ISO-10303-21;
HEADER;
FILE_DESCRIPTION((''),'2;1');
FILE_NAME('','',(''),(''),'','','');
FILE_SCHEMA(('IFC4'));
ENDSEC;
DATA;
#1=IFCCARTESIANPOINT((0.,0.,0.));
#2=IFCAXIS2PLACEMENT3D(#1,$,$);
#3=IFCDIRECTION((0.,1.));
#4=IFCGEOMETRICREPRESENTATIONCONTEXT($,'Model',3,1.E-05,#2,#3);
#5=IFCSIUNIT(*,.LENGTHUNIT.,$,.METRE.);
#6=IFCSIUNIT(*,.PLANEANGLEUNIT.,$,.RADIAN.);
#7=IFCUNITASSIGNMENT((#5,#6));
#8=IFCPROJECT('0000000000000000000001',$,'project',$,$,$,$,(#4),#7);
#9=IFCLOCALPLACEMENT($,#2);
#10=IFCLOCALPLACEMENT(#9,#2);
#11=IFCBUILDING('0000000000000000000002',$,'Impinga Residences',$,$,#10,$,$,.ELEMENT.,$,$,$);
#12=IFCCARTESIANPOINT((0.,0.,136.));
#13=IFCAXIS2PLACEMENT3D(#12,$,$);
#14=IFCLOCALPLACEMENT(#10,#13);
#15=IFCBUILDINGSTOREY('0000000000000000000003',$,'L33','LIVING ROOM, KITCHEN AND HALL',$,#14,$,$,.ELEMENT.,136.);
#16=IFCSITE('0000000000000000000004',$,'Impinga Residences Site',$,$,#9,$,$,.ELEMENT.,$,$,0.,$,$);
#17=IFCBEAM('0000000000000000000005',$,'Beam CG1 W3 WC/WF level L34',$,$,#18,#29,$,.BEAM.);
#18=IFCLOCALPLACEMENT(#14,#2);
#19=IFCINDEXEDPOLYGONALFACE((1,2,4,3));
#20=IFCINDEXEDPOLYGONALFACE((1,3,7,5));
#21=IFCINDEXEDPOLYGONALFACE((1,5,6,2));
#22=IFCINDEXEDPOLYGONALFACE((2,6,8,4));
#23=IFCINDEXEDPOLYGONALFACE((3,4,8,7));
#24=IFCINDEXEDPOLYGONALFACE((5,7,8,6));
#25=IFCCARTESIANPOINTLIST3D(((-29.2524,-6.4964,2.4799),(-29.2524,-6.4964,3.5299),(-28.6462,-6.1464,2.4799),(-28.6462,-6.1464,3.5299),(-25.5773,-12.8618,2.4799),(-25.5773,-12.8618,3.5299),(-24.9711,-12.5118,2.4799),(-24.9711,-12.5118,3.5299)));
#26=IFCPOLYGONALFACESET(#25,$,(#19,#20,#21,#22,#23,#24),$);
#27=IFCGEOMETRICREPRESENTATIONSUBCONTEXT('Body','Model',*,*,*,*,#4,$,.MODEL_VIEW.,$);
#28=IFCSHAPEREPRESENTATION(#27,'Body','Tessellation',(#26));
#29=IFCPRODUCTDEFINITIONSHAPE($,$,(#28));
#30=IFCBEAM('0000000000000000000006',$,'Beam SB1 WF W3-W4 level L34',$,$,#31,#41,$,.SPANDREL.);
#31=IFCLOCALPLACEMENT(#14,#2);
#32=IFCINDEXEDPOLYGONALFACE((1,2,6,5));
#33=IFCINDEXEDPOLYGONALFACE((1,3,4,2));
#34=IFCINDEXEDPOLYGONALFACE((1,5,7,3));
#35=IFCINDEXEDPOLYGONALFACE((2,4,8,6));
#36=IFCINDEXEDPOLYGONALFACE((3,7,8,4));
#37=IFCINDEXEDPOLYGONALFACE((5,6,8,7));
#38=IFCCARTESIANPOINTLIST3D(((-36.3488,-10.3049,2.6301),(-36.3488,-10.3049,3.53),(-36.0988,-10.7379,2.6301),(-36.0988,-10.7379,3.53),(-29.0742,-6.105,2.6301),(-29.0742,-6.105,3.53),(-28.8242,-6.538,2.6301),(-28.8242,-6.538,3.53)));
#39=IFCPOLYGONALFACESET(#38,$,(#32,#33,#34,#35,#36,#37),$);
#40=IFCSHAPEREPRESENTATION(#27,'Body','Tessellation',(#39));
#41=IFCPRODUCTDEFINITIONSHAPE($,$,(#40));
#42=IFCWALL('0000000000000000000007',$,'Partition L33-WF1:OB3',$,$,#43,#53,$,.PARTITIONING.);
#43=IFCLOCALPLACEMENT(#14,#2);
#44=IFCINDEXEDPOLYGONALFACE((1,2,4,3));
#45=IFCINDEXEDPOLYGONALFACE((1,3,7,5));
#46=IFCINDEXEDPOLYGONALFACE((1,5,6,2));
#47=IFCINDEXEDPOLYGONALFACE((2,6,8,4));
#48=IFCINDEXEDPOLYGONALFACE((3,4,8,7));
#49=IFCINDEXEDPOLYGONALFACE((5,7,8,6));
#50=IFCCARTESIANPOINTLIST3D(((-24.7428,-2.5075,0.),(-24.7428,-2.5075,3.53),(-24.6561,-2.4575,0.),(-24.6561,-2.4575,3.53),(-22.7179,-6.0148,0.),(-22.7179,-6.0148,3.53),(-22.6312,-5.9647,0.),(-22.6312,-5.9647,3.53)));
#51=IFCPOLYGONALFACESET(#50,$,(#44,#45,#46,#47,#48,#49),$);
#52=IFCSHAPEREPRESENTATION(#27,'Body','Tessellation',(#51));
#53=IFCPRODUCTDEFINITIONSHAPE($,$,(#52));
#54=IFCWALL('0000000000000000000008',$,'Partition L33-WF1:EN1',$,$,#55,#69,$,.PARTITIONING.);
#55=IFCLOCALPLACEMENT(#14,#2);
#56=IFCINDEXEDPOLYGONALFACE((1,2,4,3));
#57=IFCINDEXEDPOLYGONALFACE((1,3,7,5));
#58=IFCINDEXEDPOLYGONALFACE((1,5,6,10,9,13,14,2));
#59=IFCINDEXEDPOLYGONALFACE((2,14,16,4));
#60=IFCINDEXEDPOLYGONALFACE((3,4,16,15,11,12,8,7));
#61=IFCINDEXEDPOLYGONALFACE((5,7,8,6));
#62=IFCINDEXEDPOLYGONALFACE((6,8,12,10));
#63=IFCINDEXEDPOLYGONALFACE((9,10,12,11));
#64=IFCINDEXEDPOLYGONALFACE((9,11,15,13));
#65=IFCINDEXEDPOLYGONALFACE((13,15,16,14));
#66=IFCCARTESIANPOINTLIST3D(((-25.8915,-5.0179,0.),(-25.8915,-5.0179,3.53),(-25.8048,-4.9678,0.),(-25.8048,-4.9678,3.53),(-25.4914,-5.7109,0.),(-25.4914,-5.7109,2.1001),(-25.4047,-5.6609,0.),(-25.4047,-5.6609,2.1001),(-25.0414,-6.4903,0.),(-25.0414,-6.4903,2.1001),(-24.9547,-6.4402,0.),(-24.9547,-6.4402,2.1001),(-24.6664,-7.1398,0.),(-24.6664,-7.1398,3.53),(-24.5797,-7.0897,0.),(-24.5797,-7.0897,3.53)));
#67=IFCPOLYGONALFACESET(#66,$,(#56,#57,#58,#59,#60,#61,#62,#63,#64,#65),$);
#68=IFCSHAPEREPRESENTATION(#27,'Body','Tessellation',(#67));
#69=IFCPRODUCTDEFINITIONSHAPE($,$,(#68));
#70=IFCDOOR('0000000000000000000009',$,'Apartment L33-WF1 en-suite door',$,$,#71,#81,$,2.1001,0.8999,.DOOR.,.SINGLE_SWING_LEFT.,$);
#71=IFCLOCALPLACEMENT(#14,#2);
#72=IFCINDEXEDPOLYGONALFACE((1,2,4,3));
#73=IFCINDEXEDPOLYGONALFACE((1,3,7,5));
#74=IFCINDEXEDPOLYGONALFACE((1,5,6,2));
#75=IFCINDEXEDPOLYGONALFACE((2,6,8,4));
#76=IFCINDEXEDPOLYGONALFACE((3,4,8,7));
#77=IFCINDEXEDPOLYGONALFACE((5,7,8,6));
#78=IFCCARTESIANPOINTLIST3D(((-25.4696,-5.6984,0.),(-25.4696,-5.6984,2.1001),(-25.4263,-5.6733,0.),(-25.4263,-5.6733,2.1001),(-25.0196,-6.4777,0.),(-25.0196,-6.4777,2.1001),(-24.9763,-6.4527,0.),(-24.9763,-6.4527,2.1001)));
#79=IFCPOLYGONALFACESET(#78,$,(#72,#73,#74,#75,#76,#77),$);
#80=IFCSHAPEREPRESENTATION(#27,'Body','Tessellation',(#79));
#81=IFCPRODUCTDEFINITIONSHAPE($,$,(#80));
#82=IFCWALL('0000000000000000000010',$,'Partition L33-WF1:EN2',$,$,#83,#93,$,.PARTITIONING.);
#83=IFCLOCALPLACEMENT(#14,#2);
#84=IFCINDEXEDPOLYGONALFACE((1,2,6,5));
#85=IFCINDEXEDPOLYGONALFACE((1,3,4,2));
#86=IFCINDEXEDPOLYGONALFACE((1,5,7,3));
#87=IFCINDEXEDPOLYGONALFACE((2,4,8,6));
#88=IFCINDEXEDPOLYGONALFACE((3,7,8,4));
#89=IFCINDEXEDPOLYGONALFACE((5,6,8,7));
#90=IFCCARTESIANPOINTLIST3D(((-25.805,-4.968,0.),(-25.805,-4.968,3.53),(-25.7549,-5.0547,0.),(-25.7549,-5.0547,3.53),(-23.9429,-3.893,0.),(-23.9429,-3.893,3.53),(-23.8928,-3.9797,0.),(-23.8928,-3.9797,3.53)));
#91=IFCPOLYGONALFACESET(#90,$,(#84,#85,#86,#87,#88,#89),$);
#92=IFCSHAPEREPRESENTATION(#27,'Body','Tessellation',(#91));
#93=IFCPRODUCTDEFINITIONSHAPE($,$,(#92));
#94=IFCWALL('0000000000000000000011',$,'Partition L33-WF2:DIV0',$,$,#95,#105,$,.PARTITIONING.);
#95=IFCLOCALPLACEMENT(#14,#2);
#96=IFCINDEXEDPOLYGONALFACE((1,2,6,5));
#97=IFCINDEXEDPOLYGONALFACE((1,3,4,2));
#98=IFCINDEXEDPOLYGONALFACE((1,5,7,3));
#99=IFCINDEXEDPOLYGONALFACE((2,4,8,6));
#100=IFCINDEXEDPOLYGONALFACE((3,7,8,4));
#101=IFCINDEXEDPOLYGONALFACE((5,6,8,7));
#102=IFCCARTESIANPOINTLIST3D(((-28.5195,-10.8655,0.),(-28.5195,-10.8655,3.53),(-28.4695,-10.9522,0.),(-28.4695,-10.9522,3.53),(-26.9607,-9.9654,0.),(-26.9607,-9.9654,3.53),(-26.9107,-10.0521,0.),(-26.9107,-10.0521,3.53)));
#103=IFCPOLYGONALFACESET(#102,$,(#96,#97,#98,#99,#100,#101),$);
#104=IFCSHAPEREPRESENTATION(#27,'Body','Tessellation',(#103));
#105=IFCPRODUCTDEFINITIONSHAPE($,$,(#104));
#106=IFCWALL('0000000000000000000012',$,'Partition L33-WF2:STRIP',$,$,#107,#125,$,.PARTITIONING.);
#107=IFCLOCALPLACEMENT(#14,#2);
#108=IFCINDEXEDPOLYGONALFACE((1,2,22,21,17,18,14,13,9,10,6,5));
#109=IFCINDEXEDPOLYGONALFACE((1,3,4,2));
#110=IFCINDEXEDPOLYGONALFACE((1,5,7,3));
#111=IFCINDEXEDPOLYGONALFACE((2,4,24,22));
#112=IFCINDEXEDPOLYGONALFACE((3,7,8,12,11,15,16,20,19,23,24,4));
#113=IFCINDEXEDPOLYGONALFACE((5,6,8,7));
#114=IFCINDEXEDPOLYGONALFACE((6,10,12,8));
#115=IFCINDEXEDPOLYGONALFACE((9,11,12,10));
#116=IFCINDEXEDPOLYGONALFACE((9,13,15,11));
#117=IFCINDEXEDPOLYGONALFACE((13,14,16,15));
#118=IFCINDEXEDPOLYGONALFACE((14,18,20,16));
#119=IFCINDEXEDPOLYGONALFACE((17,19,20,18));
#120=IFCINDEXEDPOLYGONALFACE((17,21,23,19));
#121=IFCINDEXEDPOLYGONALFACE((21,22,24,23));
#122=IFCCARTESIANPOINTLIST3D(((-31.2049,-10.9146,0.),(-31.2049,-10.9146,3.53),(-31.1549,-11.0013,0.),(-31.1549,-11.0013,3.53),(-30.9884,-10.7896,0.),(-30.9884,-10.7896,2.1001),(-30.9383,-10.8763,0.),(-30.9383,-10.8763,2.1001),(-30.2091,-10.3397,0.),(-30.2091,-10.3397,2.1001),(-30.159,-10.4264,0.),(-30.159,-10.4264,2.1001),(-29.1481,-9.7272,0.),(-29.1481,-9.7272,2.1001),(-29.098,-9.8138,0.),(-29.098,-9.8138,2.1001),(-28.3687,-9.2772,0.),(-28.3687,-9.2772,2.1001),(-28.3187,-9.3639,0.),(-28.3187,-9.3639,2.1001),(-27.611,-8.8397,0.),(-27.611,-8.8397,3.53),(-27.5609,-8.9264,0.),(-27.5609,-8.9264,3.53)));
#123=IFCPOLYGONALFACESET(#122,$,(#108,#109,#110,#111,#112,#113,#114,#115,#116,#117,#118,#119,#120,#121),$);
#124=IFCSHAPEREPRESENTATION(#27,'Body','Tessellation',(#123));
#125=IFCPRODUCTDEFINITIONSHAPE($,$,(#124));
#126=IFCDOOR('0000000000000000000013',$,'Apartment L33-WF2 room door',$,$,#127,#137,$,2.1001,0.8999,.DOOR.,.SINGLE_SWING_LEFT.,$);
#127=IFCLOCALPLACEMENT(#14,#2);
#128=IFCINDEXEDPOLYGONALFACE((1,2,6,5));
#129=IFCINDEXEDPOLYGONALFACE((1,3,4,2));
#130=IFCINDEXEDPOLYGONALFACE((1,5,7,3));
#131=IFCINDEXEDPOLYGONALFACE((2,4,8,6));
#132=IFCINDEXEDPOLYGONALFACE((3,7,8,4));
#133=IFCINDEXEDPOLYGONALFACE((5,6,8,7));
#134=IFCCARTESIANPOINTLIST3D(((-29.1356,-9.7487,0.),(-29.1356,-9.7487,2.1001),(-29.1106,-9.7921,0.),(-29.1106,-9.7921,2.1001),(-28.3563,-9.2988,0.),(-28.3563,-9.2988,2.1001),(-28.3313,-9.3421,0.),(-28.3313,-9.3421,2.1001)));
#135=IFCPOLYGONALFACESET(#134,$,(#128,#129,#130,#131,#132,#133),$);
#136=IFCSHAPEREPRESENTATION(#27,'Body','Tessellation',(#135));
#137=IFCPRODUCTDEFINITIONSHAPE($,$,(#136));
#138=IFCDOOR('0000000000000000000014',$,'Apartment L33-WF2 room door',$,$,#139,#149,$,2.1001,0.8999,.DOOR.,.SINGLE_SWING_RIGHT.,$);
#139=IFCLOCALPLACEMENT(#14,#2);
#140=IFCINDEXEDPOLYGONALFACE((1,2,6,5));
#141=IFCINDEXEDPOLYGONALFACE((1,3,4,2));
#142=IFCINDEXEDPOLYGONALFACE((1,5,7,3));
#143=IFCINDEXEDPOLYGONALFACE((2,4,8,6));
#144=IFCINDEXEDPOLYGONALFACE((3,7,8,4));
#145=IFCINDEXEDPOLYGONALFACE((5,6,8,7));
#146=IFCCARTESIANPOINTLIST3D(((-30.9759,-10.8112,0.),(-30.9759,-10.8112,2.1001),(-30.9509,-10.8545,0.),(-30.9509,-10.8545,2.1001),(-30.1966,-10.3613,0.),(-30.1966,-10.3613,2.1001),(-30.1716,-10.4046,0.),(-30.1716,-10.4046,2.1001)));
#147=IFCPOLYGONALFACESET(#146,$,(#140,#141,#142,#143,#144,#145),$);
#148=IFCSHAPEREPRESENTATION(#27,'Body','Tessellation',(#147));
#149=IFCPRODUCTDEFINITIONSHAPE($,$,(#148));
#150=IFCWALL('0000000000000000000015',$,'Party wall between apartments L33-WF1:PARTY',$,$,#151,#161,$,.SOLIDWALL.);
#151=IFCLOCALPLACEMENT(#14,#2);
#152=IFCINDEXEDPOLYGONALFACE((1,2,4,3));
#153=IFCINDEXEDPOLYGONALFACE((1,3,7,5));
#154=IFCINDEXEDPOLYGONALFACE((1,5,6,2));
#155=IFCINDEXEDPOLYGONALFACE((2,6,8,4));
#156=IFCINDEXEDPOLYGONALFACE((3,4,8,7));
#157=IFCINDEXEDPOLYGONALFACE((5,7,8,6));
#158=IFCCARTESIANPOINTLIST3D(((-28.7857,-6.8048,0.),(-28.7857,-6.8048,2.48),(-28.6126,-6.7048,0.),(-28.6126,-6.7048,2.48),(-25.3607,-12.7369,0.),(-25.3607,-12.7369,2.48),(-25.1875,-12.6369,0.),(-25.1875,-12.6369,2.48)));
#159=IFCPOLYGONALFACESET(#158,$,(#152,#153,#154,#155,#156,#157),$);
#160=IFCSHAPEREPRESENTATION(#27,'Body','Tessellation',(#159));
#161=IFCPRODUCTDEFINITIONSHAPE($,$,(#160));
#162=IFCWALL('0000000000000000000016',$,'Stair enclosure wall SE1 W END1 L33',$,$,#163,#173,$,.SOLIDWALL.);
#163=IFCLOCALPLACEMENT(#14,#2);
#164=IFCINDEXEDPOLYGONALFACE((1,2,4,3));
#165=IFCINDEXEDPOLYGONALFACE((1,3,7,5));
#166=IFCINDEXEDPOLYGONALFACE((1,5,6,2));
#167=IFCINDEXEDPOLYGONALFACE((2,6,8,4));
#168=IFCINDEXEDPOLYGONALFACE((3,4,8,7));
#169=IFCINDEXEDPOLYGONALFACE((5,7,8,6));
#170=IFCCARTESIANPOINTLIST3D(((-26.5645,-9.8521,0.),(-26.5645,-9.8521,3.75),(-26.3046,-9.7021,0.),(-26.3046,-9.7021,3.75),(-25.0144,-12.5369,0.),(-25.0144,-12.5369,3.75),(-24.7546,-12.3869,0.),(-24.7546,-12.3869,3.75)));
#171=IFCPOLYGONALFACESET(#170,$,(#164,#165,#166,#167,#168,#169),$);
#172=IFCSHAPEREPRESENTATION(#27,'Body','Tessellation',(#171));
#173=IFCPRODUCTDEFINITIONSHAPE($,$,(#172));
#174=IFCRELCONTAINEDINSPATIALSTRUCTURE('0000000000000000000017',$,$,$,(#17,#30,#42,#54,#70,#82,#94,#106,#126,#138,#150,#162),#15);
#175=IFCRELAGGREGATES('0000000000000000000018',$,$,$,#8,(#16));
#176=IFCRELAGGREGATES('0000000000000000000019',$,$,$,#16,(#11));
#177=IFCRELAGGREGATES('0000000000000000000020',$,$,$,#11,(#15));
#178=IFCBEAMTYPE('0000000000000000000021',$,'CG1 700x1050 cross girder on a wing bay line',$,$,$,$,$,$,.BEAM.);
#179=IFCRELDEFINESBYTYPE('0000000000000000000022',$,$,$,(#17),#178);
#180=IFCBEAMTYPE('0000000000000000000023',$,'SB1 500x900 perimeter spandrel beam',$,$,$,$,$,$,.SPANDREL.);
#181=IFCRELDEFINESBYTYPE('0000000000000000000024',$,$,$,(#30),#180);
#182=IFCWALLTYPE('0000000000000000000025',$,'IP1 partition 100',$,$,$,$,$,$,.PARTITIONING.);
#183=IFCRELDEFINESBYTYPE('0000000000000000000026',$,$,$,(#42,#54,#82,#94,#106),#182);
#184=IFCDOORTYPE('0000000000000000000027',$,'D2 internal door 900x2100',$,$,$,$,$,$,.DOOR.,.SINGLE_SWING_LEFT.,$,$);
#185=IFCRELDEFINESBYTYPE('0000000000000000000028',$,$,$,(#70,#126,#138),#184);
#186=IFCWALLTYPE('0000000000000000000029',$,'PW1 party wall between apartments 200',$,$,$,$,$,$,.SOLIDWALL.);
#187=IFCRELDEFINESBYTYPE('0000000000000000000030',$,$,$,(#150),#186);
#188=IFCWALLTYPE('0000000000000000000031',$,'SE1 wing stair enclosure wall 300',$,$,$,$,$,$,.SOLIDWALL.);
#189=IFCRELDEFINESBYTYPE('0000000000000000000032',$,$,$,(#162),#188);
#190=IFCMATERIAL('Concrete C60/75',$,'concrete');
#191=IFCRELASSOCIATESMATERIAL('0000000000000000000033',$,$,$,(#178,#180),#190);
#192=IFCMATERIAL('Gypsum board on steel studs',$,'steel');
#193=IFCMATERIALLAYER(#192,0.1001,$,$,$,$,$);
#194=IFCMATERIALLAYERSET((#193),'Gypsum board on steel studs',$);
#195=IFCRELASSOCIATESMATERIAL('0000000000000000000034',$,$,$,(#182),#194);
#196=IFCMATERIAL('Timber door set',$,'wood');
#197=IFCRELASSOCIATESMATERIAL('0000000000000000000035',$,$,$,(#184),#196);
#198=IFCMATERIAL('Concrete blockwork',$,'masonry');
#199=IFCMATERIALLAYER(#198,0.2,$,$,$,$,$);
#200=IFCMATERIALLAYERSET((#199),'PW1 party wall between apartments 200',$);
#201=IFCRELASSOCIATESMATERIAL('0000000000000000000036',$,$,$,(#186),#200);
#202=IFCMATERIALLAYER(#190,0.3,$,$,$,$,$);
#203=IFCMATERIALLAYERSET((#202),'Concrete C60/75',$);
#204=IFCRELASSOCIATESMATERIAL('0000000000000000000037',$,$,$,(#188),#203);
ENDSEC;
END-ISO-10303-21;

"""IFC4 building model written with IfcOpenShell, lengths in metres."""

from ifc_helpers import new_model, si_unit, direction, frame, frame_2d, origin, origin_2d, place, context, subcontext, project, spatial, rectangle, extrude, material, layer, layer_set, material_profile, profile_set, type_object, element, fill, save


model = new_model("IFC4")

# Units and contexts
model_context = context("Model", 3, precision=1e-05, world=origin(), true_north=direction((0.0, 1.0)))
body_context = subcontext(model_context, "Body", "Model", "MODEL_VIEW")
ifc_project = project(units=[si_unit("LENGTHUNIT", "METRE"), si_unit("PLANEANGLEUNIT", "RADIAN")], contexts=[model_context])

# Site, building, storey
site_placement = place(None, origin())
site = spatial("IfcSite", under=ifc_project, at=site_placement, Name="Impinga Residences Site", CompositionType="ELEMENT", RefElevation=0.0)
building_placement = place(site_placement, origin())
building = spatial("IfcBuilding", under=site, at=building_placement, Name="Impinga Residences", CompositionType="ELEMENT")
storey_placement = place(building_placement, frame((0.0, 0.0, 136.0)))
storey = spatial("IfcBuildingStorey", under=building, at=storey_placement, Name="L33", Description="LIVING ROOM, KITCHEN AND HALL", CompositionType="ELEMENT", Elevation=136.0)

# Beams
ifc_material_1 = material(Name="Concrete C60/75", Category="concrete")
ifc_material_profile_1 = material_profile(ifc_material_1, rectangle(XDim=0.7, YDim=1.05, at=origin_2d()), Name="RC 700x1050")
ifc_profile_set_1 = profile_set([ifc_material_profile_1], Name="Concrete C60/75")
beam_type_1 = type_object("IfcBeamType", Name="CG1 700x1050 cross girder on a wing bay line", PredefinedType="BEAM", material=ifc_profile_set_1)
beam_1_placement = place(storey_placement, frame((-25.2742, -12.6868, 3.0049), z_axis=(-0.500008, 0.866021, 0.0), x_axis=(-0.866021, -0.500008, 0.0)))
element("IfcBeam", 1, at=beam_1_placement, inside=storey, type_object=beam_type_1, Name="Beam CG1 W3 WC/WF level L34", PredefinedType="BEAM", context=body_context, shape_type="SweptSolid", body=[
    extrude(rectangle(XDim=0.7, YDim=1.05, at=origin_2d()), origin(), (0.0, 0.0, 1.0), 7.3501),
])
ifc_material_profile_2 = material_profile(ifc_material_1, rectangle(XDim=0.5, YDim=0.8999, at=origin_2d()), Name="RC 500x900")
ifc_profile_set_2 = profile_set([ifc_material_profile_2], Name="Concrete C60/75")
beam_type_2 = type_object("IfcBeamType", Name="SB1 500x900 perimeter spandrel beam", PredefinedType="SPANDREL", material=ifc_profile_set_2)
beam_2_placement = place(storey_placement, frame((-28.9492, -6.3215, 3.0801), z_axis=(-0.866029, -0.499993, 0.0), x_axis=(0.499993, -0.866029, 0.0)))
element("IfcBeam", 2, at=beam_2_placement, inside=storey, type_object=beam_type_2, Name="Beam SB1 WF W3-W4 level L34", PredefinedType="SPANDREL", context=body_context, shape_type="SweptSolid", body=[
    extrude(rectangle(XDim=0.5, YDim=0.8999, at=origin_2d()), origin(), (0.0, 0.0, 1.0), 8.3999),
])

# Wall
ifc_material_2 = material(Name="Gypsum board on steel studs", Category="steel")
ifc_layer_1 = layer(ifc_material_2, 0.1001)
ifc_layer_set_1 = layer_set([ifc_layer_1], Name="Gypsum board on steel studs")
wall_type_1 = type_object("IfcWallType", Name="IP1 partition 100", PredefinedType="PARTITIONING", material=ifc_layer_set_1)
wall_1_placement = place(storey_placement, frame((-22.6746, -5.9897, 0.0), z_axis=(0.0, 0.0, 1.0), x_axis=(-0.49999, 0.866031, 0.0)))
element("IfcWall", 3, at=wall_1_placement, inside=storey, type_object=wall_type_1, Name="Partition L33-WF1:OB3", PredefinedType="PARTITIONING", context=body_context, shape_type="SweptSolid", body=[
    extrude(rectangle(XDim=4.0498, YDim=0.1001, at=frame_2d((2.0249, 0.0))), origin(), (0.0, 0.0, 1.0), 3.53),
])

# Wall, opening, door
wall_2_placement = place(storey_placement, frame((-24.623, -7.1147, 0.0), z_axis=(0.0, 0.0, 1.0), x_axis=(-0.500019, 0.866015, 0.0)))
wall_2 = element("IfcWall", 4, at=wall_2_placement, inside=storey, type_object=wall_type_1, Name="Partition L33-WF1:EN1", PredefinedType="PARTITIONING", context=body_context, shape_type="SweptSolid", body=[
    extrude(rectangle(XDim=2.4502, YDim=0.1001, at=frame_2d((1.2251, 0.0))), origin(), (0.0, 0.0, 1.0), 3.53),
])
opening_1_placement = place(wall_2_placement, frame((0.75, 0.0, 0.0)))
opening_1 = element("IfcOpeningElement", 5, at=opening_1_placement, cuts=wall_2, PredefinedType="OPENING", context=body_context, shape_type="SweptSolid", body=[
    extrude(rectangle(XDim=0.8999, YDim=2.1001, at=frame_2d((0.45, 1.05))), frame((0.0, 0.0601, 0.0), z_axis=(0.0, -1.0, 0.0), x_axis=(1.0, 0.0, 0.0)), (0.0, 0.0, 1.0), 0.1201),
])
ifc_material_3 = material(Name="Timber door set", Category="wood")
door_type = type_object("IfcDoorType", Name="D2 internal door 900x2100", OperationType="SINGLE_SWING_LEFT", PredefinedType="DOOR", material=ifc_material_3)
door_1_placement = place(opening_1_placement, origin())
door_1 = element("IfcDoor", 6, at=door_1_placement, inside=storey, type_object=door_type, Name="Apartment L33-WF1 en-suite door", OperationType="SINGLE_SWING_LEFT", OverallHeight=2.1001, OverallWidth=0.8999, PredefinedType="DOOR", context=body_context, shape_type="SweptSolid", body=[
    extrude(rectangle(XDim=0.8999, YDim=2.1001, at=frame_2d((0.45, 1.05))), frame((0.0, 0.0249, 0.0), z_axis=(0.0, -1.0, 0.0), x_axis=(1.0, 0.0, 0.0)), (0.0, 0.0, 1.0), 0.05),
])
fill(opening_1, door_1)

# Walls
wall_3_placement = place(storey_placement, frame((-23.9177, -3.9363, 0.0), z_axis=(0.0, 0.0, 1.0), x_axis=(-0.866048, -0.499962, 0.0)))
element("IfcWall", 7, at=wall_3_placement, inside=storey, type_object=wall_type_1, Name="Partition L33-WF1:EN2", PredefinedType="PARTITIONING", context=body_context, shape_type="SweptSolid", body=[
    extrude(rectangle(XDim=2.1501, YDim=0.1001, at=frame_2d((1.0752, 0.0))), origin(), (0.0, 0.0, 1.0), 3.53),
])
wall_4_placement = place(storey_placement, frame((-26.9358, -10.0088, 0.0), z_axis=(0.0, 0.0, 1.0), x_axis=(-0.865989, -0.500063, 0.0)))
element("IfcWall", 8, at=wall_4_placement, inside=storey, type_object=wall_type_1, Name="Partition L33-WF2:DIV0", PredefinedType="PARTITIONING", context=body_context, shape_type="SweptSolid", body=[
    extrude(rectangle(XDim=1.8, YDim=0.1001, at=frame_2d((0.8999, 0.0))), origin(), (0.0, 0.0, 1.0), 3.53),
])

# Wall, openings, doors
wall_5_placement = place(storey_placement, frame((-27.5859, -8.8831, 0.0), z_axis=(0.0, 0.0, 1.0), x_axis=(-0.86603, -0.499992, 0.0)))
wall_5 = element("IfcWall", 9, at=wall_5_placement, inside=storey, type_object=wall_type_1, Name="Partition L33-WF2:STRIP", PredefinedType="PARTITIONING", context=body_context, shape_type="SweptSolid", body=[
    extrude(rectangle(XDim=4.1499, YDim=0.1001, at=frame_2d((2.075, 0.0))), origin(), (0.0, 0.0, 1.0), 3.53),
])
opening_2_placement = place(wall_5_placement, frame((0.875, 0.0, 0.0)))
opening_2 = element("IfcOpeningElement", 10, at=opening_2_placement, cuts=wall_5, PredefinedType="OPENING", context=body_context, shape_type="SweptSolid", body=[
    extrude(rectangle(XDim=0.8999, YDim=2.1001, at=frame_2d((0.45, 1.05))), frame((0.0, 0.0601, 0.0), z_axis=(0.0, -1.0, 0.0), x_axis=(1.0, 0.0, 0.0)), (0.0, 0.0, 1.0), 0.1201),
])
opening_3_placement = place(wall_5_placement, frame((3.0, 0.0, 0.0)))
opening_3 = element("IfcOpeningElement", 11, at=opening_3_placement, cuts=wall_5, PredefinedType="OPENING", context=body_context, shape_type="SweptSolid", body=[
    extrude(rectangle(XDim=0.8999, YDim=2.1001, at=frame_2d((0.45, 1.05))), frame((0.0, 0.0601, 0.0), z_axis=(0.0, -1.0, 0.0), x_axis=(1.0, 0.0, 0.0)), (0.0, 0.0, 1.0), 0.1201),
])
door_2_placement = place(opening_2_placement, origin())
door_2 = element("IfcDoor", 12, at=door_2_placement, inside=storey, type_object=door_type, Name="Apartment L33-WF2 room door", OperationType="SINGLE_SWING_LEFT", OverallHeight=2.1001, OverallWidth=0.8999, PredefinedType="DOOR", context=body_context, shape_type="SweptSolid", body=[
    extrude(rectangle(XDim=0.8999, YDim=2.1001, at=frame_2d((0.45, 1.05))), frame((0.0, 0.0249, 0.0), z_axis=(0.0, -1.0, 0.0), x_axis=(1.0, 0.0, 0.0)), (0.0, 0.0, 1.0), 0.05),
])
fill(opening_2, door_2)
door_3_placement = place(opening_3_placement, origin())
door_3 = element("IfcDoor", 13, at=door_3_placement, inside=storey, type_object=door_type, Name="Apartment L33-WF2 room door", OperationType="SINGLE_SWING_RIGHT", OverallHeight=2.1001, OverallWidth=0.8999, PredefinedType="DOOR", context=body_context, shape_type="SweptSolid", body=[
    extrude(rectangle(XDim=0.8999, YDim=2.1001, at=frame_2d((0.45, 1.05))), frame((0.0, 0.0249, 0.0), z_axis=(0.0, -1.0, 0.0), x_axis=(1.0, 0.0, 0.0)), (0.0, 0.0, 1.0), 0.05),
])
fill(opening_3, door_3)

# Walls
ifc_material_4 = material(Name="Concrete blockwork", Category="masonry")
ifc_layer_2 = layer(ifc_material_4, 0.2)
ifc_layer_set_2 = layer_set([ifc_layer_2], Name="PW1 party wall between apartments 200")
wall_type_2 = type_object("IfcWallType", Name="PW1 party wall between apartments 200", PredefinedType="SOLIDWALL", material=ifc_layer_set_2)
wall_6_placement = place(storey_placement, frame((-25.2742, -12.6868, 0.0), z_axis=(0.0, 0.0, 1.0), x_axis=(-0.500015, 0.866017, 0.0)))
element("IfcWall", 14, at=wall_6_placement, inside=storey, type_object=wall_type_2, Name="Party wall between apartments L33-WF1:PARTY", PredefinedType="SOLIDWALL", context=body_context, shape_type="SweptSolid", body=[
    extrude(rectangle(XDim=6.8499, YDim=0.2, at=frame_2d((3.4248, 0.0))), origin(), (0.0, 0.0, 1.0), 2.48),
])
ifc_layer_3 = layer(ifc_material_1, 0.3)
ifc_layer_set_3 = layer_set([ifc_layer_3], Name="Concrete C60/75")
wall_type_3 = type_object("IfcWallType", Name="SE1 wing stair enclosure wall 300", PredefinedType="SOLIDWALL", material=ifc_layer_set_3)
wall_7_placement = place(storey_placement, frame((-24.8845, -12.4619, 0.0), z_axis=(0.0, 0.0, 1.0), x_axis=(-0.499993, 0.86603, 0.0)))
element("IfcWall", 15, at=wall_7_placement, inside=storey, type_object=wall_type_3, Name="Stair enclosure wall SE1 W END1 L33", PredefinedType="SOLIDWALL", context=body_context, shape_type="SweptSolid", body=[
    extrude(rectangle(XDim=3.1001, YDim=0.3, at=frame_2d((1.55, 0.0))), origin(), (0.0, 0.0, 1.0), 3.75),
])

save(model, "model.ifc")
